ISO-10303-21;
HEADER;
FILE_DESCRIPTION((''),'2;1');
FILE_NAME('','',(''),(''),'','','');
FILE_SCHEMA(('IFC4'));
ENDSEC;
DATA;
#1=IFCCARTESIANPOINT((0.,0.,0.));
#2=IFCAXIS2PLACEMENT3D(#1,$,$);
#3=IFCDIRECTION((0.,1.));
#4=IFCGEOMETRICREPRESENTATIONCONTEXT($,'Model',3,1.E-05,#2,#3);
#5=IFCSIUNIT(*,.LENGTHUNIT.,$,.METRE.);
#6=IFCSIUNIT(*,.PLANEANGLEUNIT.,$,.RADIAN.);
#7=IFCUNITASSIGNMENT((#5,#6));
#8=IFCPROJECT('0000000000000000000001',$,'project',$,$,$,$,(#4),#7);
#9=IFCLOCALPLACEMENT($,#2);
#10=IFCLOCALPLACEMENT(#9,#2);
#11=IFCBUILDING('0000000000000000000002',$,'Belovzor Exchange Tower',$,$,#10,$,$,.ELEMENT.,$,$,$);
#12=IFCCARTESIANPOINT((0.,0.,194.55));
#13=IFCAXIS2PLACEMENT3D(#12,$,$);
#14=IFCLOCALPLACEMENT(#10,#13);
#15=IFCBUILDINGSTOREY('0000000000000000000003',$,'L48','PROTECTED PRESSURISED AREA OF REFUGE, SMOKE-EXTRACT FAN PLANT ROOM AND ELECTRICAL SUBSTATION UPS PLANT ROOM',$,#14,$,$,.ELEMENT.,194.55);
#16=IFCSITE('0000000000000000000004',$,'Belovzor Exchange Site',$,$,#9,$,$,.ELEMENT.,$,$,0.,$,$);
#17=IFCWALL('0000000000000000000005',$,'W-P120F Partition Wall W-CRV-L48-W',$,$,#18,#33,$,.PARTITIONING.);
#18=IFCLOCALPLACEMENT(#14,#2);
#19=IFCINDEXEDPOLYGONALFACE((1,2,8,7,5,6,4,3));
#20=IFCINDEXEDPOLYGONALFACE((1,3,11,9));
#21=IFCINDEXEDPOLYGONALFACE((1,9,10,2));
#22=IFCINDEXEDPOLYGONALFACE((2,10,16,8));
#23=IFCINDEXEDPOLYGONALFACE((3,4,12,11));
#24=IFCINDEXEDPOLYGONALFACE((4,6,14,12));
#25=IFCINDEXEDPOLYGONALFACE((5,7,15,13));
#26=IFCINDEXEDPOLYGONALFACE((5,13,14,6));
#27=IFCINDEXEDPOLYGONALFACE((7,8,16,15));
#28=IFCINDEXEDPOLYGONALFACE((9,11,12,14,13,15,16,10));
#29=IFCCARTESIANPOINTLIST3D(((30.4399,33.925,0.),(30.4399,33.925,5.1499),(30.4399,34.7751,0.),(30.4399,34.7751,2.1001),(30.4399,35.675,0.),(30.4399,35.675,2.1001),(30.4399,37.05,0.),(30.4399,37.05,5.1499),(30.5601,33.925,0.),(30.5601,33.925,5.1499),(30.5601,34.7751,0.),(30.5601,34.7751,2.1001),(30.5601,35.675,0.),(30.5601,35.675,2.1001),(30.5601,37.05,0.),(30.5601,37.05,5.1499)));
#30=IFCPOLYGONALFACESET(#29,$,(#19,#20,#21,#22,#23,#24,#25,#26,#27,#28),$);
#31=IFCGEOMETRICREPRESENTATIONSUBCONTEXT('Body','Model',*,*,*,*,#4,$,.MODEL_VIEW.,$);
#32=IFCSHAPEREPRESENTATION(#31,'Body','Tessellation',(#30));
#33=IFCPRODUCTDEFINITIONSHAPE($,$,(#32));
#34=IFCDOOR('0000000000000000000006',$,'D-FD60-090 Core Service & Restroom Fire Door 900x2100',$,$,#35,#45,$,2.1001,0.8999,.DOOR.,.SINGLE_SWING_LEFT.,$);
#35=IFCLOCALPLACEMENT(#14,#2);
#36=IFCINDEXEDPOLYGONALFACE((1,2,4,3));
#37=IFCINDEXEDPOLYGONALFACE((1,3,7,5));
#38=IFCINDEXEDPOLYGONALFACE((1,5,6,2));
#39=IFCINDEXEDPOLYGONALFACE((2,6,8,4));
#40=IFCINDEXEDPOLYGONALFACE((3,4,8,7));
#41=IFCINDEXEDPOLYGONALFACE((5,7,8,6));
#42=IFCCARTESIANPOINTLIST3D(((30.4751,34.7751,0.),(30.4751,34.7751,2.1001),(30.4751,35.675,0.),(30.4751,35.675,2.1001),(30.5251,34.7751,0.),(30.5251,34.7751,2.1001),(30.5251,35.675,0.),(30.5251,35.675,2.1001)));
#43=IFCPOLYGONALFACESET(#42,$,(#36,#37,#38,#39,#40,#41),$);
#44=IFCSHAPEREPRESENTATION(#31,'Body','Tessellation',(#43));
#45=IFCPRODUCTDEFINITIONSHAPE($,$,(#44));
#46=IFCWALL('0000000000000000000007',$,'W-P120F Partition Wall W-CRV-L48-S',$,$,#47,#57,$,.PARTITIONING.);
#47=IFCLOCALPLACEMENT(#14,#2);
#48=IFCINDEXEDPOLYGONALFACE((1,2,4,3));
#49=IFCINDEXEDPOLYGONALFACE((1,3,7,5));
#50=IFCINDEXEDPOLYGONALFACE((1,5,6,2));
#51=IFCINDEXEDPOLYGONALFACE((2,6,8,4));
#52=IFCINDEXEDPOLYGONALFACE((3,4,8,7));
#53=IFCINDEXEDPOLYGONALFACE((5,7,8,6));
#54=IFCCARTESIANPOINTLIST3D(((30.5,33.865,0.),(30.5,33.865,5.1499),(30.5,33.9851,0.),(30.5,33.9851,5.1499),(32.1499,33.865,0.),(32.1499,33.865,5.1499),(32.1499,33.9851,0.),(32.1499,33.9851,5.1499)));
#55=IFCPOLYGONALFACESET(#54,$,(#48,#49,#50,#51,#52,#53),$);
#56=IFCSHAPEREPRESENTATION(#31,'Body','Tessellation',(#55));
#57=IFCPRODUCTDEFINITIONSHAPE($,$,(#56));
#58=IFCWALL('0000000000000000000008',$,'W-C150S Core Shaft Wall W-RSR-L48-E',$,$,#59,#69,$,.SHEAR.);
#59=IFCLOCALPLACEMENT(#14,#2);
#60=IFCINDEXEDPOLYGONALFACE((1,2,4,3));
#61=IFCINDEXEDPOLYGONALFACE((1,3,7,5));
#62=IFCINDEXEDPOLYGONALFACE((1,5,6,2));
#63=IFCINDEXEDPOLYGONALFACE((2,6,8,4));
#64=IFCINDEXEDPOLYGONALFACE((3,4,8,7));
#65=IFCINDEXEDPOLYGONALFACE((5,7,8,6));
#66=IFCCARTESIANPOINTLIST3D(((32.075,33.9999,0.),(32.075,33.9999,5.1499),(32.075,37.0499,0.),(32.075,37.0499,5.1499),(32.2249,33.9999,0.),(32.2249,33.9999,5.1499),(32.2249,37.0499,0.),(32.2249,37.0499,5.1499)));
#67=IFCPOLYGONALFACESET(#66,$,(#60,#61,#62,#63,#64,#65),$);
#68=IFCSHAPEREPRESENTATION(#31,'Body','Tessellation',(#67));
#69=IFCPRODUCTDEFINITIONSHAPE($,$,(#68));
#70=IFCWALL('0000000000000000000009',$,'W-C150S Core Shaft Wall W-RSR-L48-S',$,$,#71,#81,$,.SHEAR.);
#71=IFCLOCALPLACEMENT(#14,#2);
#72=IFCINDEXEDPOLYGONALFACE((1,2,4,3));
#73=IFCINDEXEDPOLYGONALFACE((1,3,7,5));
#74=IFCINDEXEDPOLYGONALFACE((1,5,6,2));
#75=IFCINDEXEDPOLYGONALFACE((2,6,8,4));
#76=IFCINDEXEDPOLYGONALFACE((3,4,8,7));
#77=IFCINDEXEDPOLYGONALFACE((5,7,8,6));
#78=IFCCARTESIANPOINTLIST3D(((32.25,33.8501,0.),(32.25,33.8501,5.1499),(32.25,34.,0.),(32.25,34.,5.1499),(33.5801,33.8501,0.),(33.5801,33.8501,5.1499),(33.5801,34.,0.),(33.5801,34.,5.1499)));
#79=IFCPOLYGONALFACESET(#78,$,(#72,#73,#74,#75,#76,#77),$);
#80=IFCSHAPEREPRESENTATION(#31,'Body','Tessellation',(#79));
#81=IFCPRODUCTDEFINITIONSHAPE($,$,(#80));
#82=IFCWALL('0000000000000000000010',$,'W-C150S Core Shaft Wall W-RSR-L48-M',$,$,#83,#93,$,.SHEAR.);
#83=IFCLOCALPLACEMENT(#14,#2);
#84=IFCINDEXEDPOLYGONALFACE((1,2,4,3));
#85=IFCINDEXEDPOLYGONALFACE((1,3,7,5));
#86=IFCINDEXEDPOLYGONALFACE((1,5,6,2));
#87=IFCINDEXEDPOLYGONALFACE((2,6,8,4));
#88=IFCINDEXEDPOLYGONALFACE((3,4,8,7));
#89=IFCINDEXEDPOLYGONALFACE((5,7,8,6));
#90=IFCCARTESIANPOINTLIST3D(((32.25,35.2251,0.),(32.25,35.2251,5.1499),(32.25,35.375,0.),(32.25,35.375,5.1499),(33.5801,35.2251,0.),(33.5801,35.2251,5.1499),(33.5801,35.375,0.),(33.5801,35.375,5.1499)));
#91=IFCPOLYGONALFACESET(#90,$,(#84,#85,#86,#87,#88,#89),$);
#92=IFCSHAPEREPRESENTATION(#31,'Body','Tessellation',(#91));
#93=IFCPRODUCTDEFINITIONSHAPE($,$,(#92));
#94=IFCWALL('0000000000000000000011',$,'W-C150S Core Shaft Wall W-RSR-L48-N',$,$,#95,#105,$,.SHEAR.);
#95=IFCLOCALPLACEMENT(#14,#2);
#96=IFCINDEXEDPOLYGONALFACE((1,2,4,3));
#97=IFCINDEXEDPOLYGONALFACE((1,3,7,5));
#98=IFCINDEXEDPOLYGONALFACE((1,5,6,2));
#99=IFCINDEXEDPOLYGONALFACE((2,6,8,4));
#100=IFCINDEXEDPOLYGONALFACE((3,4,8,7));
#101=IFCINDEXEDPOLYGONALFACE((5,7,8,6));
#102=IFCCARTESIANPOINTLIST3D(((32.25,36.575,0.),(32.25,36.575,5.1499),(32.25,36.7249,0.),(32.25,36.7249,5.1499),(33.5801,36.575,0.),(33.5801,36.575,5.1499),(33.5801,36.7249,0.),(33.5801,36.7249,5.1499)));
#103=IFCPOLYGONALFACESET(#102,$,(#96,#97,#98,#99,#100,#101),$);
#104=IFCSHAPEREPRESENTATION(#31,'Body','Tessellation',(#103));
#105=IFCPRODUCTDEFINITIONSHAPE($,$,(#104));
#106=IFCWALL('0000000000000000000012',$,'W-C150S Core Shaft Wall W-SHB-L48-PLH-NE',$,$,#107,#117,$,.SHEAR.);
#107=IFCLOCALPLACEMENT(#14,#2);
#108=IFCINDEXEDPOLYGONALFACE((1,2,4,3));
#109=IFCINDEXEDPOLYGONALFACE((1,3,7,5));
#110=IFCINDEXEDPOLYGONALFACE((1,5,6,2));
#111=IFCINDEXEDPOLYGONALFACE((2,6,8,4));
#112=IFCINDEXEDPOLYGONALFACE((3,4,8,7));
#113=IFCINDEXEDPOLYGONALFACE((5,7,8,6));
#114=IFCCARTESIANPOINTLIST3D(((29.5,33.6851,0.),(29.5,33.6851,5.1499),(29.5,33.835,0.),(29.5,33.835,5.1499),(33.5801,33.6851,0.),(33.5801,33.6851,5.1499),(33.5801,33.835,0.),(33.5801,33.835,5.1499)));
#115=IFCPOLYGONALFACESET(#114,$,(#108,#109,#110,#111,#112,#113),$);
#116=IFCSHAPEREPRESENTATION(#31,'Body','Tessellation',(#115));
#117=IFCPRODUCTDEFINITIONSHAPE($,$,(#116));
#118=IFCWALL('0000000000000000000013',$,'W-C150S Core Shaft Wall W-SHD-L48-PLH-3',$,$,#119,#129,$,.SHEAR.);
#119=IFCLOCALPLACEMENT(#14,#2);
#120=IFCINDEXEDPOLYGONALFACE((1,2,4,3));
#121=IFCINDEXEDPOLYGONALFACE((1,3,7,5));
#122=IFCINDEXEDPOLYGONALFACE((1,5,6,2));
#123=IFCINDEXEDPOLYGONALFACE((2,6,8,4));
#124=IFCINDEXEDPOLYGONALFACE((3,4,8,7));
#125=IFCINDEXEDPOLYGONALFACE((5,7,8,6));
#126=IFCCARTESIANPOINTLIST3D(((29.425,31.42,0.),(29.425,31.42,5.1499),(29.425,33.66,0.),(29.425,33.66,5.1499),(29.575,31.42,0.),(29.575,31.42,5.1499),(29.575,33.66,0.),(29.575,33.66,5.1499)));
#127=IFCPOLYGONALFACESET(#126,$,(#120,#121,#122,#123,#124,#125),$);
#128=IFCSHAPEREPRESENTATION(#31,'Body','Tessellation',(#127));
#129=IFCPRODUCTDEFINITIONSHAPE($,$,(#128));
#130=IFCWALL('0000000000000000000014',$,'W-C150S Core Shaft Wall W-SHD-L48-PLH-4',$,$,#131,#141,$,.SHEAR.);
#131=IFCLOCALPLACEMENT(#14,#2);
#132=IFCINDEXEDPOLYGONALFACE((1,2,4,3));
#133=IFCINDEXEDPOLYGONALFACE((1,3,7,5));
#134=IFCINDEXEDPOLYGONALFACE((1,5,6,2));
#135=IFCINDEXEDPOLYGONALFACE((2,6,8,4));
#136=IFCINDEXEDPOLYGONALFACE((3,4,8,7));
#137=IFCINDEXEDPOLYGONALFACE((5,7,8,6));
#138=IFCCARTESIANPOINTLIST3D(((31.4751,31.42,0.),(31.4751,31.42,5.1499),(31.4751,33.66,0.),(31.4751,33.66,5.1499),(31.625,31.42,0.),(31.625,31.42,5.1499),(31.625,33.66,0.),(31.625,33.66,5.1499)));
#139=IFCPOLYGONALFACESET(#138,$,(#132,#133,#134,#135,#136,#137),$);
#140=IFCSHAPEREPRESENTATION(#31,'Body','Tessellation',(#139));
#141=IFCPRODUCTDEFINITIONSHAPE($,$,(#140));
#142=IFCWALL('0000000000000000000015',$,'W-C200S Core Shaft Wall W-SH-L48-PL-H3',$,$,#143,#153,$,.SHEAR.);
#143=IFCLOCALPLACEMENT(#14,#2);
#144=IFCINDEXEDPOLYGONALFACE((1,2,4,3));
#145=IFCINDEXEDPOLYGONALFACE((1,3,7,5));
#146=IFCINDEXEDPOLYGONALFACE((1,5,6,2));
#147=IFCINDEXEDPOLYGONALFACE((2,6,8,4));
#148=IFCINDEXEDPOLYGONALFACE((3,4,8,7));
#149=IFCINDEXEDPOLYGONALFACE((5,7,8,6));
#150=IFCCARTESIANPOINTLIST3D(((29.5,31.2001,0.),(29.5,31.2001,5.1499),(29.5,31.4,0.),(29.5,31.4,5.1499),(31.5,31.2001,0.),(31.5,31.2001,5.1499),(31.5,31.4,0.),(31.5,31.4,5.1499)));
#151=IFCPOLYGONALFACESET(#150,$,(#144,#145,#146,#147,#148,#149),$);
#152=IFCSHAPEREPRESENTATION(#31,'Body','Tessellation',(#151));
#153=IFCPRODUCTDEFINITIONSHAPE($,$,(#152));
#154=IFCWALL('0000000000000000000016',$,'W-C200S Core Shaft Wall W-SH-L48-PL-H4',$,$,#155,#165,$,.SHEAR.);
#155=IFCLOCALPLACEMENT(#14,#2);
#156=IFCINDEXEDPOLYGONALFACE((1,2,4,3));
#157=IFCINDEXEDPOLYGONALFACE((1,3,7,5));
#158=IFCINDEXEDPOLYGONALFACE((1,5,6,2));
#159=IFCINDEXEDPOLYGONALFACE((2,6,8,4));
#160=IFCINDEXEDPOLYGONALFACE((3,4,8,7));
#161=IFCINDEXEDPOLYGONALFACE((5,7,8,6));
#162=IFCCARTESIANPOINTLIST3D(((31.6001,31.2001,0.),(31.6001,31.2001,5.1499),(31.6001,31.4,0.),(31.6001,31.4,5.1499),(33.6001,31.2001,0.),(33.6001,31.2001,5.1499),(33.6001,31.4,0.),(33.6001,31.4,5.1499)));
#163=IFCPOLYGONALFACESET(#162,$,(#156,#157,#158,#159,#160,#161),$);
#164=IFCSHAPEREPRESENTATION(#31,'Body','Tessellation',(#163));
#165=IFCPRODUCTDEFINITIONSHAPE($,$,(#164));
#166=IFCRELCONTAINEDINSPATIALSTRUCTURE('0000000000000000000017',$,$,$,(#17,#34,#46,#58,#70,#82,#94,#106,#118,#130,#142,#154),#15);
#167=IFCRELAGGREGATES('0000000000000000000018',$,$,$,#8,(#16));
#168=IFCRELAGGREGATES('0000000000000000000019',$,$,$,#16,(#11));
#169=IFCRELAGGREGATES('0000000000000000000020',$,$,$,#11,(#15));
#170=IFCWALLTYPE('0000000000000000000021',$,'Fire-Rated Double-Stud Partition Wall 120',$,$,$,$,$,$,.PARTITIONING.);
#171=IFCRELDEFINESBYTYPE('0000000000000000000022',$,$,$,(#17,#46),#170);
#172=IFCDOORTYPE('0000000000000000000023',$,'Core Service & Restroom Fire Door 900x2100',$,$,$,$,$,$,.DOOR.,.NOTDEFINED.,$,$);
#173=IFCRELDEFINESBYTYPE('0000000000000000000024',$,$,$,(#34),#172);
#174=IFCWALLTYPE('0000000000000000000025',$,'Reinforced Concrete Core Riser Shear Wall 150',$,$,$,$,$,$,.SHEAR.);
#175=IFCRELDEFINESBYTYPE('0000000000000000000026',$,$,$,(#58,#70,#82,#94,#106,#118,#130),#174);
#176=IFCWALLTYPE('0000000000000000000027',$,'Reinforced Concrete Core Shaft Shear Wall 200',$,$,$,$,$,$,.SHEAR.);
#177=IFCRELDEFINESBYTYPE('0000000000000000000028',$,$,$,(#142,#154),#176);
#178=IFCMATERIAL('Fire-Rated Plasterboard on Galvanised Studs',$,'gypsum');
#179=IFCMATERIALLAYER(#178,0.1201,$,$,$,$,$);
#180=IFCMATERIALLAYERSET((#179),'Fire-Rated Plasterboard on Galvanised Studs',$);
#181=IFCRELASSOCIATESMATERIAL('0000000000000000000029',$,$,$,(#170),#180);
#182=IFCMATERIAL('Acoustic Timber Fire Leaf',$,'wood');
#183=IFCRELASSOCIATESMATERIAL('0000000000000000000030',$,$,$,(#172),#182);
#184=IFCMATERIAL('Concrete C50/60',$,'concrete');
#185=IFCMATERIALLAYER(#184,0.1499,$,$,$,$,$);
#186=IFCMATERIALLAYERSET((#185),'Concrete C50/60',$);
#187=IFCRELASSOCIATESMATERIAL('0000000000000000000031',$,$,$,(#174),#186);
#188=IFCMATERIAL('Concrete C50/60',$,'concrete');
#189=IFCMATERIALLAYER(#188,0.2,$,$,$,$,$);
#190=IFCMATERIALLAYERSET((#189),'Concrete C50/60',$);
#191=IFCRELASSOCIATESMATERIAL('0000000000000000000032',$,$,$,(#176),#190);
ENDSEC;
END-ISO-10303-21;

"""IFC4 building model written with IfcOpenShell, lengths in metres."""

from ifc_helpers import new_model, si_unit, direction, frame, frame_2d, origin, place, context, subcontext, project, spatial, rectangle, extrude, material, layer, layer_set, type_object, element, fill, save


model = new_model("IFC4")

# Units and contexts
model_context = context("Model", 3, precision=1e-05, world=origin(), true_north=direction((0.0, 1.0)))
body_context = subcontext(model_context, "Body", "Model", "MODEL_VIEW")
ifc_project = project(units=[si_unit("LENGTHUNIT", "METRE"), si_unit("PLANEANGLEUNIT", "RADIAN")], contexts=[model_context])

# Site, building, storey
site_placement = place(None, origin())
site = spatial("IfcSite", under=ifc_project, at=site_placement, Name="Belovzor Exchange Site", CompositionType="ELEMENT", RefElevation=0.0)
building_placement = place(site_placement, origin())
building = spatial("IfcBuilding", under=site, at=building_placement, Name="Belovzor Exchange Tower", CompositionType="ELEMENT")
storey_placement = place(building_placement, frame((0.0, 0.0, 194.55)))
storey = spatial("IfcBuildingStorey", under=building, at=storey_placement, Name="L48", Description="PROTECTED PRESSURISED AREA OF REFUGE, SMOKE-EXTRACT FAN PLANT ROOM AND ELECTRICAL SUBSTATION UPS PLANT ROOM", CompositionType="ELEMENT", Elevation=194.55)

# Wall, opening, door
ifc_material_1 = material(Name="Fire-Rated Plasterboard on Galvanised Studs", Category="gypsum")
ifc_layer_1 = layer(ifc_material_1, 0.1201)
ifc_layer_set_1 = layer_set([ifc_layer_1], Name="Fire-Rated Plasterboard on Galvanised Studs")
wall_type_1 = type_object("IfcWallType", Name="Fire-Rated Double-Stud Partition Wall 120", PredefinedType="PARTITIONING", material=ifc_layer_set_1)
wall_1_placement = place(storey_placement, frame((30.5, 33.925, 0.0), z_axis=(0.0, 0.0, 1.0), x_axis=(0.0, 1.0, 0.0)))
wall_1 = element("IfcWall", 1, at=wall_1_placement, inside=storey, type_object=wall_type_1, Name="W-P120F Partition Wall W-CRV-L48-W", PredefinedType="PARTITIONING", context=body_context, shape_type="SweptSolid", body=[
    extrude(rectangle(XDim=3.125, YDim=0.1201, at=frame_2d((1.5625, 0.0))), origin(), (0.0, 0.0, 1.0), 5.1499),
])
opening_placement = place(wall_1_placement, frame((0.8501, 0.0, 0.0)))
opening = element("IfcOpeningElement", 2, at=opening_placement, cuts=wall_1, PredefinedType="OPENING", context=body_context, shape_type="SweptSolid", body=[
    extrude(rectangle(XDim=0.8999, YDim=2.1001, at=frame_2d((0.45, 1.05))), frame((0.0, 0.0701, 0.0), z_axis=(0.0, -1.0, 0.0), x_axis=(1.0, 0.0, 0.0)), (0.0, 0.0, 1.0), 0.1401),
])
ifc_material_2 = material(Name="Acoustic Timber Fire Leaf", Category="wood")
door_type = type_object("IfcDoorType", Name="Core Service & Restroom Fire Door 900x2100", OperationType="NOTDEFINED", PredefinedType="DOOR", material=ifc_material_2)
door_placement = place(opening_placement, origin())
door = element("IfcDoor", 3, at=door_placement, inside=storey, type_object=door_type, Name="D-FD60-090 Core Service & Restroom Fire Door 900x2100", OperationType="SINGLE_SWING_LEFT", OverallHeight=2.1001, OverallWidth=0.8999, PredefinedType="DOOR", context=body_context, shape_type="SweptSolid", body=[
    extrude(rectangle(XDim=0.8999, YDim=2.1001, at=frame_2d((0.45, 1.05))), frame((0.0, 0.0249, 0.0), z_axis=(0.0, -1.0, 0.0), x_axis=(1.0, 0.0, 0.0)), (0.0, 0.0, 1.0), 0.05),
])
fill(opening, door)

# Walls
wall_2_placement = place(storey_placement, frame((30.5, 33.925, 0.0), z_axis=(0.0, 0.0, 1.0), x_axis=(1.0, 0.0, 0.0)))
element("IfcWall", 4, at=wall_2_placement, inside=storey, type_object=wall_type_1, Name="W-P120F Partition Wall W-CRV-L48-S", PredefinedType="PARTITIONING", context=body_context, shape_type="SweptSolid", body=[
    extrude(rectangle(XDim=1.6499, YDim=0.1201, at=frame_2d((0.825, 0.0))), origin(), (0.0, 0.0, 1.0), 5.1499),
])
ifc_material_3 = material(Name="Concrete C50/60", Category="concrete")
ifc_layer_2 = layer(ifc_material_3, 0.1499)
ifc_layer_set_2 = layer_set([ifc_layer_2], Name="Concrete C50/60")
wall_type_2 = type_object("IfcWallType", Name="Reinforced Concrete Core Riser Shear Wall 150", PredefinedType="SHEAR", material=ifc_layer_set_2)
wall_3_placement = place(storey_placement, frame((32.1499, 34.0, 0.0), z_axis=(0.0, 0.0, 1.0), x_axis=(0.0, 1.0, 0.0)))
element("IfcWall", 5, at=wall_3_placement, inside=storey, type_object=wall_type_2, Name="W-C150S Core Shaft Wall W-RSR-L48-E", PredefinedType="SHEAR", context=body_context, shape_type="SweptSolid", body=[
    extrude(rectangle(XDim=3.05, YDim=0.1499, at=frame_2d((1.5249, 0.0))), origin(), (0.0, 0.0, 1.0), 5.1499),
])
for number, where, z_axis, x_axis, name in (
    (6, (32.25, 33.925, 0.0), (0.0, 0.0, 1.0), (1.0, 0.0, 0.0), "W-C150S Core Shaft Wall W-RSR-L48-S"),
    (7, (32.25, 35.3, 0.0), (0.0, 0.0, 1.0), (1.0, 0.0, 0.0), "W-C150S Core Shaft Wall W-RSR-L48-M"),
    (8, (32.25, 36.6499, 0.0), (0.0, 0.0, 1.0), (1.0, 0.0, 0.0), "W-C150S Core Shaft Wall W-RSR-L48-N"),
):
    element("IfcWall", number, at=place(storey_placement, frame(where, z_axis=z_axis, x_axis=x_axis)), inside=storey, type_object=wall_type_2, Name=name, PredefinedType="SHEAR", context=body_context, shape_type="SweptSolid", body=[
        extrude(rectangle(XDim=1.3301, YDim=0.1499, at=frame_2d((0.665, 0.0))), origin(), (0.0, 0.0, 1.0), 5.1499),
    ])
wall_4_placement = place(storey_placement, frame((29.5, 33.76, 0.0), z_axis=(0.0, 0.0, 1.0), x_axis=(1.0, 0.0, 0.0)))
element("IfcWall", 9, at=wall_4_placement, inside=storey, type_object=wall_type_2, Name="W-C150S Core Shaft Wall W-SHB-L48-PLH-NE", PredefinedType="SHEAR", context=body_context, shape_type="SweptSolid", body=[
    extrude(rectangle(XDim=4.0801, YDim=0.1499, at=frame_2d((2.04, 0.0))), origin(), (0.0, 0.0, 1.0), 5.1499),
])
for number, where, z_axis, x_axis, name in (
    (10, (29.5, 31.4199, 0.0), (0.0, 0.0, 1.0), (0.0, 1.0, 0.0), "W-C150S Core Shaft Wall W-SHD-L48-PLH-3"),
    (11, (31.55, 31.4199, 0.0), (0.0, 0.0, 1.0), (0.0, 1.0, 0.0), "W-C150S Core Shaft Wall W-SHD-L48-PLH-4"),
):
    element("IfcWall", number, at=place(storey_placement, frame(where, z_axis=z_axis, x_axis=x_axis)), inside=storey, type_object=wall_type_2, Name=name, PredefinedType="SHEAR", context=body_context, shape_type="SweptSolid", body=[
        extrude(rectangle(XDim=2.24, YDim=0.1499, at=frame_2d((1.1201, 0.0))), origin(), (0.0, 0.0, 1.0), 5.1499),
    ])
ifc_material_4 = material(Name="Concrete C50/60", Category="concrete")
ifc_layer_3 = layer(ifc_material_4, 0.2)
ifc_layer_set_3 = layer_set([ifc_layer_3], Name="Concrete C50/60")
wall_type_3 = type_object("IfcWallType", Name="Reinforced Concrete Core Shaft Shear Wall 200", PredefinedType="SHEAR", material=ifc_layer_set_3)
for number, where, z_axis, x_axis, name in (
    (12, (29.5, 31.3, 0.0), (0.0, 0.0, 1.0), (1.0, 0.0, 0.0), "W-C200S Core Shaft Wall W-SH-L48-PL-H3"),
    (13, (31.6001, 31.3, 0.0), (0.0, 0.0, 1.0), (1.0, 0.0, 0.0), "W-C200S Core Shaft Wall W-SH-L48-PL-H4"),
):
    element("IfcWall", number, at=place(storey_placement, frame(where, z_axis=z_axis, x_axis=x_axis)), inside=storey, type_object=wall_type_3, Name=name, PredefinedType="SHEAR", context=body_context, shape_type="SweptSolid", body=[
        extrude(rectangle(XDim=2.0, YDim=0.2, at=frame_2d((1.0, 0.0))), origin(), (0.0, 0.0, 1.0), 5.1499),
    ])

save(model, "model.ifc")
